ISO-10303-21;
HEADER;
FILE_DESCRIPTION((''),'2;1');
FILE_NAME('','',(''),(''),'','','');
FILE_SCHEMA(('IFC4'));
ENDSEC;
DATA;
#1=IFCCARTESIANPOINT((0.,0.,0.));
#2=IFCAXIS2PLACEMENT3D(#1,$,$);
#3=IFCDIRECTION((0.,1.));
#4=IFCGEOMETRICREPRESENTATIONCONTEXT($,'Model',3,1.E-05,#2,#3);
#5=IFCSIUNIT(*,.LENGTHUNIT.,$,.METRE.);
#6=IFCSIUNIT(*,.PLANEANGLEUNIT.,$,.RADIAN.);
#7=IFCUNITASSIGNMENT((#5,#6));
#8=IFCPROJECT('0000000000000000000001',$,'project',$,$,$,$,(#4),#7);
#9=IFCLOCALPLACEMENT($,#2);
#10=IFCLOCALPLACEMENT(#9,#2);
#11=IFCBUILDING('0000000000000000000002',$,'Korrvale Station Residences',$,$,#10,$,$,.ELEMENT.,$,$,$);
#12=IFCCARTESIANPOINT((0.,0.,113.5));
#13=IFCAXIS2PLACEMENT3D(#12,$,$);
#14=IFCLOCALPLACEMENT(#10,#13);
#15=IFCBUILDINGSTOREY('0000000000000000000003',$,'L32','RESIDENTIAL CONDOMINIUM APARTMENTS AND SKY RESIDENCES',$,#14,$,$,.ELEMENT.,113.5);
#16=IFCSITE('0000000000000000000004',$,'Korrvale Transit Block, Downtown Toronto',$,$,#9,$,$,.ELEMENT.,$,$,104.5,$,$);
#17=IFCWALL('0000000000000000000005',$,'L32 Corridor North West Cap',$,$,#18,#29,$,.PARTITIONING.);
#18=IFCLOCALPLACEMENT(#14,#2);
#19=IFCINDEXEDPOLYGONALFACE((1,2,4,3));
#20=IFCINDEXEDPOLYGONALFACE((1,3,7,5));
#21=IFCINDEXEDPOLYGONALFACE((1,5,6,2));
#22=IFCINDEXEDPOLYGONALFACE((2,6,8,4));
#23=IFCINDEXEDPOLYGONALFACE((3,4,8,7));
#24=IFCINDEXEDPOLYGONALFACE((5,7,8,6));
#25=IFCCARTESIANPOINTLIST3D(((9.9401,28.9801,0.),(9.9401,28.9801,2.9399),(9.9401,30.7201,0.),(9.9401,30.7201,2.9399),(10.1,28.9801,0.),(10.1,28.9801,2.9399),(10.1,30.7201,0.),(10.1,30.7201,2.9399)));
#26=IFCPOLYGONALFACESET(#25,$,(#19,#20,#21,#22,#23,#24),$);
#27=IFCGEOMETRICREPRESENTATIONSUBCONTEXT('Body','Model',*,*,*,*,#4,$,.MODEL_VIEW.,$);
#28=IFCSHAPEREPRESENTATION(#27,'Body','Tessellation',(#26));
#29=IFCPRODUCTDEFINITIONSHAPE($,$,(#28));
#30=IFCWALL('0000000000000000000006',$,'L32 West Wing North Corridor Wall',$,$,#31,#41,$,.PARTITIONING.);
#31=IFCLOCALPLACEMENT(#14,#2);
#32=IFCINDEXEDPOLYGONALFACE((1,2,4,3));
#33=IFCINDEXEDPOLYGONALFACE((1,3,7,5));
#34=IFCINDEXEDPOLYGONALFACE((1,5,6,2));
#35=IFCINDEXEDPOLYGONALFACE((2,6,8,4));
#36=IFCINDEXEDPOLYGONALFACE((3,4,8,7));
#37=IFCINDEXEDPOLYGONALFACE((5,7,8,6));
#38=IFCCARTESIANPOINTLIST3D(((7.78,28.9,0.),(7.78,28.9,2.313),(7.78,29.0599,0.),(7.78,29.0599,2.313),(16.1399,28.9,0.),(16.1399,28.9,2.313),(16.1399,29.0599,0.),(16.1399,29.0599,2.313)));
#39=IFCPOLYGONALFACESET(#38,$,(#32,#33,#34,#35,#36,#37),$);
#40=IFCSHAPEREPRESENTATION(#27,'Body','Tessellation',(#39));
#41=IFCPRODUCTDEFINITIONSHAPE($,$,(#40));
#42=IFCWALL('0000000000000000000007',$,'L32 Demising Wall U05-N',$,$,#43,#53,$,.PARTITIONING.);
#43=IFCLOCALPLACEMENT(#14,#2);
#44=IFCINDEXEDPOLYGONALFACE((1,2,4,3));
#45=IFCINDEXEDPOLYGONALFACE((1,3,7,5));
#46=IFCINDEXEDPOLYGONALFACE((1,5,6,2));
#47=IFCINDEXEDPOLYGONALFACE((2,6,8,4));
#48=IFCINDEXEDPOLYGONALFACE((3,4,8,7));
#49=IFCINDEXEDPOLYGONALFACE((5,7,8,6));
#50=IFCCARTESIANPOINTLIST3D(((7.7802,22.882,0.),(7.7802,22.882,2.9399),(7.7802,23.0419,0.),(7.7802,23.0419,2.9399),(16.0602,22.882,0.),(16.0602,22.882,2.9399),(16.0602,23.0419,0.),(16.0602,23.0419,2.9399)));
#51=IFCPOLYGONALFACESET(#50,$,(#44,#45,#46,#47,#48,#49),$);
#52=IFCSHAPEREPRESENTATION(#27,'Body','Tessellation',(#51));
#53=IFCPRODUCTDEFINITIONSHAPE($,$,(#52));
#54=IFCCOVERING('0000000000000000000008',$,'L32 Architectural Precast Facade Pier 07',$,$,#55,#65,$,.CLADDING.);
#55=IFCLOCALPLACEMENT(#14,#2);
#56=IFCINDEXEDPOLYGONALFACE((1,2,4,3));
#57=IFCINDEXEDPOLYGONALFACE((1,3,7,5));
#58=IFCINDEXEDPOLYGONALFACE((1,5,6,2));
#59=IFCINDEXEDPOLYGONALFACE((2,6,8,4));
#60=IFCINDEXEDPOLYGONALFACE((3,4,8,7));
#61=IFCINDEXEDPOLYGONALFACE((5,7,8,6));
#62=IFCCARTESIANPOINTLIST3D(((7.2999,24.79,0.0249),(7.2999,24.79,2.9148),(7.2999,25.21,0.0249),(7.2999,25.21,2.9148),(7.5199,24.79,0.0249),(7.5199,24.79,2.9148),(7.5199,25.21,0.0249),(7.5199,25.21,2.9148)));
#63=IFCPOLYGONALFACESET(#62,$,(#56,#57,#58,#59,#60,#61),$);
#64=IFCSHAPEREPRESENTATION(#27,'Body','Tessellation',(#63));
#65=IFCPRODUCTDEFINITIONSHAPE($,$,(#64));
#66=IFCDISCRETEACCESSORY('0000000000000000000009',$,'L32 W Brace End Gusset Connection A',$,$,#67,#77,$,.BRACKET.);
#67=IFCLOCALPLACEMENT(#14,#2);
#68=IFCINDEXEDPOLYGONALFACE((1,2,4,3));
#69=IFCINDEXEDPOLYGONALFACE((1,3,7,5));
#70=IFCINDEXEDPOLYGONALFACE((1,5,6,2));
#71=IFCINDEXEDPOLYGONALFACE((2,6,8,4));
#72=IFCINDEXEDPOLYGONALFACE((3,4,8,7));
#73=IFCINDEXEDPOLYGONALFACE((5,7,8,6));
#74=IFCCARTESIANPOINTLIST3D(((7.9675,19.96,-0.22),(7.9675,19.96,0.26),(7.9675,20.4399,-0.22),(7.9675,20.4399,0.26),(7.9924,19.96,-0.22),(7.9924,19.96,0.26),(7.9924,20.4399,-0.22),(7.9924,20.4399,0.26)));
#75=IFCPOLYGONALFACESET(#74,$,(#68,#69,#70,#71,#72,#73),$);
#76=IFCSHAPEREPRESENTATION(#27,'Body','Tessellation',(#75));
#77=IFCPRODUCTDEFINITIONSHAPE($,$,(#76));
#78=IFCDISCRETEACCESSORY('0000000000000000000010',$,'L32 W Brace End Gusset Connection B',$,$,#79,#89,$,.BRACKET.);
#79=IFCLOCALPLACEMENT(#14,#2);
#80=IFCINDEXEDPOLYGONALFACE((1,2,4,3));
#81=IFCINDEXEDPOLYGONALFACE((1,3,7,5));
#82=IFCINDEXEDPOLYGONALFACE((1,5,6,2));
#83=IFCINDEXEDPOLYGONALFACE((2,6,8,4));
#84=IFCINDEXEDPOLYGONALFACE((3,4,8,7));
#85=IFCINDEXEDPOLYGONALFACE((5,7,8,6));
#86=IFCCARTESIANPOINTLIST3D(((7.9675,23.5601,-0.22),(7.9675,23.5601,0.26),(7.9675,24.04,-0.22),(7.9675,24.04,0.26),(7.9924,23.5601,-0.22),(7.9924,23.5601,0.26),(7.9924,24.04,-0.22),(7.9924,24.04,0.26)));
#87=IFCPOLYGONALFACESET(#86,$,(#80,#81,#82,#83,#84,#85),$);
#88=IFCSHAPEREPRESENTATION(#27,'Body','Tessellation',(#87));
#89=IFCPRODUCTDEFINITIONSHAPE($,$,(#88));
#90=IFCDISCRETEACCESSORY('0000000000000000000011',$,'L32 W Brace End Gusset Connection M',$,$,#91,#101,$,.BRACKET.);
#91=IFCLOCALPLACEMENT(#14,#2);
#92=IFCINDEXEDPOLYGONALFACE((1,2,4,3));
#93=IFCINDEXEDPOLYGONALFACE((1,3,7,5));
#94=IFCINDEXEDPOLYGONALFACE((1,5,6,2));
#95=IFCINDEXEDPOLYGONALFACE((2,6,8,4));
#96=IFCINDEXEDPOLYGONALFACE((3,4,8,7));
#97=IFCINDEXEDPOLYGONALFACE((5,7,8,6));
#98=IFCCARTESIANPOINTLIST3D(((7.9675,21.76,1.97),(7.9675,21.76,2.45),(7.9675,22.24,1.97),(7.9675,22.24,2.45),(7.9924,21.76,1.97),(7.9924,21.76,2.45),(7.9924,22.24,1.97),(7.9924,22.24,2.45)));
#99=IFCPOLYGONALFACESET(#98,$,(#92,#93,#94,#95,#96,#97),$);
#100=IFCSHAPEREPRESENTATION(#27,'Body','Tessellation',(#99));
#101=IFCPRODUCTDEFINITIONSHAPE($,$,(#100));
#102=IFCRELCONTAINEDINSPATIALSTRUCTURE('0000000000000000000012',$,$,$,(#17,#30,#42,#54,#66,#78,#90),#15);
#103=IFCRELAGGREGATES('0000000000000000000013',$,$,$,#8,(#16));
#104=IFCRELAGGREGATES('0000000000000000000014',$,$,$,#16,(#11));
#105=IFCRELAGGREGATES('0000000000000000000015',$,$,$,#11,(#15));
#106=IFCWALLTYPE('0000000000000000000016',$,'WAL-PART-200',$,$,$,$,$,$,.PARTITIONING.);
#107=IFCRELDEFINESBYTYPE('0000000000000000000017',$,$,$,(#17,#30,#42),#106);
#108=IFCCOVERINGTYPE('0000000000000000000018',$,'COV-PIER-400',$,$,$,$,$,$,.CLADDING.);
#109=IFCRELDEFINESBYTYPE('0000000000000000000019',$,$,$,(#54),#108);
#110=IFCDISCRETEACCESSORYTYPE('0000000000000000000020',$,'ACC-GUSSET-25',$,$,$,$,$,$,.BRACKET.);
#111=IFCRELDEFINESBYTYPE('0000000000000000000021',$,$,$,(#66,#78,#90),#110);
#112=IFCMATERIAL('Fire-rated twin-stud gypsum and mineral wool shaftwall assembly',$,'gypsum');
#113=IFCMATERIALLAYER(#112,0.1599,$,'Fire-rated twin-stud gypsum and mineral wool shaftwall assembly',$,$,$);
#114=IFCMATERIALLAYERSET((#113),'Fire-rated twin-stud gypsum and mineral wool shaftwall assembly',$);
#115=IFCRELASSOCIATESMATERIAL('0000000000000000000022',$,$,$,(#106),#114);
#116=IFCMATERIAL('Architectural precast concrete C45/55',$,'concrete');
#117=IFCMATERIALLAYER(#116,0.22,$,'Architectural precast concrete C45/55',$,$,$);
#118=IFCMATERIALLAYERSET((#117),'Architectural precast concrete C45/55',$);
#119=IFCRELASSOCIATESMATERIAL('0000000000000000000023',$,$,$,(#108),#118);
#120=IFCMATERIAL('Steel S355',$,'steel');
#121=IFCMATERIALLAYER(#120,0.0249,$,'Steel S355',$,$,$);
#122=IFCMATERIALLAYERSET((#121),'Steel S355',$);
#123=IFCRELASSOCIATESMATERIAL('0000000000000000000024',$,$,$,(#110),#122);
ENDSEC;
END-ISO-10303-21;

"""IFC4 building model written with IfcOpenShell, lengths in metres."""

from ifc_helpers import new_model, si_unit, direction, frame, frame_2d, origin, origin_2d, place, context, subcontext, project, spatial, rectangle, extrude, material, layer, layer_set, type_object, element, save


model = new_model("IFC4")

# Units and contexts
model_context = context("Model", 3, precision=1e-05, world=origin(), true_north=direction((0.0, 1.0)))
body_context = subcontext(model_context, "Body", "Model", "MODEL_VIEW")
ifc_project = project(units=[si_unit("LENGTHUNIT", "METRE"), si_unit("PLANEANGLEUNIT", "RADIAN")], contexts=[model_context])

# Site, building, storey
site_placement = place(None, origin())
site = spatial("IfcSite", under=ifc_project, at=site_placement, Name="Korrvale Transit Block, Downtown Toronto", CompositionType="ELEMENT", RefElevation=104.5)
building_placement = place(site_placement, origin())
building = spatial("IfcBuilding", under=site, at=building_placement, Name="Korrvale Station Residences", CompositionType="ELEMENT")
storey_placement = place(building_placement, frame((0.0, 0.0, 113.5)))
storey = spatial("IfcBuildingStorey", under=building, at=storey_placement, Name="L32", Description="RESIDENTIAL CONDOMINIUM APARTMENTS AND SKY RESIDENCES", CompositionType="ELEMENT", Elevation=113.5)

# Shared definitions
ifc_material_1 = material(Name="Steel S355", Category="steel")

# Walls
ifc_material_2 = material(Name="Fire-rated twin-stud gypsum and mineral wool shaftwall assembly", Category="gypsum")
ifc_layer_1 = layer(ifc_material_2, 0.1599, Name="Fire-rated twin-stud gypsum and mineral wool shaftwall assembly")
ifc_layer_set_1 = layer_set([ifc_layer_1], Name="Fire-rated twin-stud gypsum and mineral wool shaftwall assembly")
wall_type_1 = type_object("IfcWallType", Name="WAL-PART-200", PredefinedType="PARTITIONING", material=ifc_layer_set_1)
wall_1_placement = place(storey_placement, frame((10.02, 28.98, 0.0), z_axis=(0.0, 0.0, 1.0), x_axis=(0.0, 1.0, 0.0)))
element("IfcWall", 1, at=wall_1_placement, inside=storey, type_object=wall_type_1, Name="L32 Corridor North West Cap", PredefinedType="PARTITIONING", context=body_context, shape_type="SweptSolid", body=[
    extrude(rectangle(XDim=1.74, YDim=0.1599, at=frame_2d((0.8701, 0.0))), origin(), (0.0, 0.0, 1.0), 2.9399),
])
wall_2_placement = place(storey_placement, frame((7.78, 28.98, 0.0), z_axis=(0.0, 0.0, 1.0), x_axis=(1.0, 0.0, 0.0)))
element("IfcWall", 2, at=wall_2_placement, inside=storey, type_object=wall_type_1, Name="L32 West Wing North Corridor Wall", PredefinedType="PARTITIONING", context=body_context, shape_type="SweptSolid", body=[
    extrude(rectangle(XDim=8.3599, YDim=0.1599, at=frame_2d((4.1799, 0.0))), origin(), (0.0, 0.0, 1.0), 2.313),
])
wall_3_placement = place(storey_placement, frame((7.78, 22.9619, 0.0), z_axis=(0.0, 0.0, 1.0), x_axis=(1.0, 0.0, 0.0)))
element("IfcWall", 3, at=wall_3_placement, inside=storey, type_object=wall_type_1, Name="L32 Demising Wall U05-N", PredefinedType="PARTITIONING", context=body_context, shape_type="SweptSolid", body=[
    extrude(rectangle(XDim=8.28, YDim=0.1599, at=frame_2d((4.1401, 0.0))), origin(), (0.0, 0.0, 1.0), 2.9399),
])

# Covering
ifc_material_3 = material(Name="Architectural precast concrete C45/55", Category="concrete")
ifc_layer_2 = layer(ifc_material_3, 0.22, Name="Architectural precast concrete C45/55")
ifc_layer_set_2 = layer_set([ifc_layer_2], Name="Architectural precast concrete C45/55")
covering_type = type_object("IfcCoveringType", Name="COV-PIER-400", PredefinedType="CLADDING", material=ifc_layer_set_2)
covering_placement = place(storey_placement, frame((7.4099, 25.0, 0.0249), z_axis=(0.0, 0.0, 1.0), x_axis=(0.0, 1.0, 0.0)))
element("IfcCovering", 4, at=covering_placement, inside=storey, type_object=covering_type, Name="L32 Architectural Precast Facade Pier 07", PredefinedType="CLADDING", context=body_context, shape_type="SweptSolid", body=[
    extrude(rectangle(XDim=0.4199, YDim=0.22, at=origin_2d()), origin(), (0.0, 0.0, 1.0), 2.8899),
])

# Discrete accessories
ifc_layer_3 = layer(ifc_material_1, 0.0249, Name="Steel S355")
ifc_layer_set_3 = layer_set([ifc_layer_3], Name="Steel S355")
discrete_accessory_type = type_object("IfcDiscreteAccessoryType", Name="ACC-GUSSET-25", PredefinedType="BRACKET", material=ifc_layer_set_3)
for number, where, z_axis, x_axis, name in (
    (5, (7.98, 20.2, -0.22), (0.0, 0.0, 1.0), (0.0, 1.0, 0.0), "L32 W Brace End Gusset Connection A"),
    (6, (7.98, 23.8, -0.22), (0.0, 0.0, 1.0), (0.0, 1.0, 0.0), "L32 W Brace End Gusset Connection B"),
    (7, (7.98, 22.0, 1.97), (0.0, 0.0, 1.0), (0.0, 1.0, 0.0), "L32 W Brace End Gusset Connection M"),
):
    element("IfcDiscreteAccessory", number, at=place(storey_placement, frame(where, z_axis=z_axis, x_axis=x_axis)), inside=storey, type_object=discrete_accessory_type, Name=name, PredefinedType="BRACKET", context=body_context, shape_type="SweptSolid", body=[
        extrude(rectangle(XDim=0.48, YDim=0.0249, at=origin_2d()), origin(), (0.0, 0.0, 1.0), 0.48),
    ])

save(model, "model.ifc")
